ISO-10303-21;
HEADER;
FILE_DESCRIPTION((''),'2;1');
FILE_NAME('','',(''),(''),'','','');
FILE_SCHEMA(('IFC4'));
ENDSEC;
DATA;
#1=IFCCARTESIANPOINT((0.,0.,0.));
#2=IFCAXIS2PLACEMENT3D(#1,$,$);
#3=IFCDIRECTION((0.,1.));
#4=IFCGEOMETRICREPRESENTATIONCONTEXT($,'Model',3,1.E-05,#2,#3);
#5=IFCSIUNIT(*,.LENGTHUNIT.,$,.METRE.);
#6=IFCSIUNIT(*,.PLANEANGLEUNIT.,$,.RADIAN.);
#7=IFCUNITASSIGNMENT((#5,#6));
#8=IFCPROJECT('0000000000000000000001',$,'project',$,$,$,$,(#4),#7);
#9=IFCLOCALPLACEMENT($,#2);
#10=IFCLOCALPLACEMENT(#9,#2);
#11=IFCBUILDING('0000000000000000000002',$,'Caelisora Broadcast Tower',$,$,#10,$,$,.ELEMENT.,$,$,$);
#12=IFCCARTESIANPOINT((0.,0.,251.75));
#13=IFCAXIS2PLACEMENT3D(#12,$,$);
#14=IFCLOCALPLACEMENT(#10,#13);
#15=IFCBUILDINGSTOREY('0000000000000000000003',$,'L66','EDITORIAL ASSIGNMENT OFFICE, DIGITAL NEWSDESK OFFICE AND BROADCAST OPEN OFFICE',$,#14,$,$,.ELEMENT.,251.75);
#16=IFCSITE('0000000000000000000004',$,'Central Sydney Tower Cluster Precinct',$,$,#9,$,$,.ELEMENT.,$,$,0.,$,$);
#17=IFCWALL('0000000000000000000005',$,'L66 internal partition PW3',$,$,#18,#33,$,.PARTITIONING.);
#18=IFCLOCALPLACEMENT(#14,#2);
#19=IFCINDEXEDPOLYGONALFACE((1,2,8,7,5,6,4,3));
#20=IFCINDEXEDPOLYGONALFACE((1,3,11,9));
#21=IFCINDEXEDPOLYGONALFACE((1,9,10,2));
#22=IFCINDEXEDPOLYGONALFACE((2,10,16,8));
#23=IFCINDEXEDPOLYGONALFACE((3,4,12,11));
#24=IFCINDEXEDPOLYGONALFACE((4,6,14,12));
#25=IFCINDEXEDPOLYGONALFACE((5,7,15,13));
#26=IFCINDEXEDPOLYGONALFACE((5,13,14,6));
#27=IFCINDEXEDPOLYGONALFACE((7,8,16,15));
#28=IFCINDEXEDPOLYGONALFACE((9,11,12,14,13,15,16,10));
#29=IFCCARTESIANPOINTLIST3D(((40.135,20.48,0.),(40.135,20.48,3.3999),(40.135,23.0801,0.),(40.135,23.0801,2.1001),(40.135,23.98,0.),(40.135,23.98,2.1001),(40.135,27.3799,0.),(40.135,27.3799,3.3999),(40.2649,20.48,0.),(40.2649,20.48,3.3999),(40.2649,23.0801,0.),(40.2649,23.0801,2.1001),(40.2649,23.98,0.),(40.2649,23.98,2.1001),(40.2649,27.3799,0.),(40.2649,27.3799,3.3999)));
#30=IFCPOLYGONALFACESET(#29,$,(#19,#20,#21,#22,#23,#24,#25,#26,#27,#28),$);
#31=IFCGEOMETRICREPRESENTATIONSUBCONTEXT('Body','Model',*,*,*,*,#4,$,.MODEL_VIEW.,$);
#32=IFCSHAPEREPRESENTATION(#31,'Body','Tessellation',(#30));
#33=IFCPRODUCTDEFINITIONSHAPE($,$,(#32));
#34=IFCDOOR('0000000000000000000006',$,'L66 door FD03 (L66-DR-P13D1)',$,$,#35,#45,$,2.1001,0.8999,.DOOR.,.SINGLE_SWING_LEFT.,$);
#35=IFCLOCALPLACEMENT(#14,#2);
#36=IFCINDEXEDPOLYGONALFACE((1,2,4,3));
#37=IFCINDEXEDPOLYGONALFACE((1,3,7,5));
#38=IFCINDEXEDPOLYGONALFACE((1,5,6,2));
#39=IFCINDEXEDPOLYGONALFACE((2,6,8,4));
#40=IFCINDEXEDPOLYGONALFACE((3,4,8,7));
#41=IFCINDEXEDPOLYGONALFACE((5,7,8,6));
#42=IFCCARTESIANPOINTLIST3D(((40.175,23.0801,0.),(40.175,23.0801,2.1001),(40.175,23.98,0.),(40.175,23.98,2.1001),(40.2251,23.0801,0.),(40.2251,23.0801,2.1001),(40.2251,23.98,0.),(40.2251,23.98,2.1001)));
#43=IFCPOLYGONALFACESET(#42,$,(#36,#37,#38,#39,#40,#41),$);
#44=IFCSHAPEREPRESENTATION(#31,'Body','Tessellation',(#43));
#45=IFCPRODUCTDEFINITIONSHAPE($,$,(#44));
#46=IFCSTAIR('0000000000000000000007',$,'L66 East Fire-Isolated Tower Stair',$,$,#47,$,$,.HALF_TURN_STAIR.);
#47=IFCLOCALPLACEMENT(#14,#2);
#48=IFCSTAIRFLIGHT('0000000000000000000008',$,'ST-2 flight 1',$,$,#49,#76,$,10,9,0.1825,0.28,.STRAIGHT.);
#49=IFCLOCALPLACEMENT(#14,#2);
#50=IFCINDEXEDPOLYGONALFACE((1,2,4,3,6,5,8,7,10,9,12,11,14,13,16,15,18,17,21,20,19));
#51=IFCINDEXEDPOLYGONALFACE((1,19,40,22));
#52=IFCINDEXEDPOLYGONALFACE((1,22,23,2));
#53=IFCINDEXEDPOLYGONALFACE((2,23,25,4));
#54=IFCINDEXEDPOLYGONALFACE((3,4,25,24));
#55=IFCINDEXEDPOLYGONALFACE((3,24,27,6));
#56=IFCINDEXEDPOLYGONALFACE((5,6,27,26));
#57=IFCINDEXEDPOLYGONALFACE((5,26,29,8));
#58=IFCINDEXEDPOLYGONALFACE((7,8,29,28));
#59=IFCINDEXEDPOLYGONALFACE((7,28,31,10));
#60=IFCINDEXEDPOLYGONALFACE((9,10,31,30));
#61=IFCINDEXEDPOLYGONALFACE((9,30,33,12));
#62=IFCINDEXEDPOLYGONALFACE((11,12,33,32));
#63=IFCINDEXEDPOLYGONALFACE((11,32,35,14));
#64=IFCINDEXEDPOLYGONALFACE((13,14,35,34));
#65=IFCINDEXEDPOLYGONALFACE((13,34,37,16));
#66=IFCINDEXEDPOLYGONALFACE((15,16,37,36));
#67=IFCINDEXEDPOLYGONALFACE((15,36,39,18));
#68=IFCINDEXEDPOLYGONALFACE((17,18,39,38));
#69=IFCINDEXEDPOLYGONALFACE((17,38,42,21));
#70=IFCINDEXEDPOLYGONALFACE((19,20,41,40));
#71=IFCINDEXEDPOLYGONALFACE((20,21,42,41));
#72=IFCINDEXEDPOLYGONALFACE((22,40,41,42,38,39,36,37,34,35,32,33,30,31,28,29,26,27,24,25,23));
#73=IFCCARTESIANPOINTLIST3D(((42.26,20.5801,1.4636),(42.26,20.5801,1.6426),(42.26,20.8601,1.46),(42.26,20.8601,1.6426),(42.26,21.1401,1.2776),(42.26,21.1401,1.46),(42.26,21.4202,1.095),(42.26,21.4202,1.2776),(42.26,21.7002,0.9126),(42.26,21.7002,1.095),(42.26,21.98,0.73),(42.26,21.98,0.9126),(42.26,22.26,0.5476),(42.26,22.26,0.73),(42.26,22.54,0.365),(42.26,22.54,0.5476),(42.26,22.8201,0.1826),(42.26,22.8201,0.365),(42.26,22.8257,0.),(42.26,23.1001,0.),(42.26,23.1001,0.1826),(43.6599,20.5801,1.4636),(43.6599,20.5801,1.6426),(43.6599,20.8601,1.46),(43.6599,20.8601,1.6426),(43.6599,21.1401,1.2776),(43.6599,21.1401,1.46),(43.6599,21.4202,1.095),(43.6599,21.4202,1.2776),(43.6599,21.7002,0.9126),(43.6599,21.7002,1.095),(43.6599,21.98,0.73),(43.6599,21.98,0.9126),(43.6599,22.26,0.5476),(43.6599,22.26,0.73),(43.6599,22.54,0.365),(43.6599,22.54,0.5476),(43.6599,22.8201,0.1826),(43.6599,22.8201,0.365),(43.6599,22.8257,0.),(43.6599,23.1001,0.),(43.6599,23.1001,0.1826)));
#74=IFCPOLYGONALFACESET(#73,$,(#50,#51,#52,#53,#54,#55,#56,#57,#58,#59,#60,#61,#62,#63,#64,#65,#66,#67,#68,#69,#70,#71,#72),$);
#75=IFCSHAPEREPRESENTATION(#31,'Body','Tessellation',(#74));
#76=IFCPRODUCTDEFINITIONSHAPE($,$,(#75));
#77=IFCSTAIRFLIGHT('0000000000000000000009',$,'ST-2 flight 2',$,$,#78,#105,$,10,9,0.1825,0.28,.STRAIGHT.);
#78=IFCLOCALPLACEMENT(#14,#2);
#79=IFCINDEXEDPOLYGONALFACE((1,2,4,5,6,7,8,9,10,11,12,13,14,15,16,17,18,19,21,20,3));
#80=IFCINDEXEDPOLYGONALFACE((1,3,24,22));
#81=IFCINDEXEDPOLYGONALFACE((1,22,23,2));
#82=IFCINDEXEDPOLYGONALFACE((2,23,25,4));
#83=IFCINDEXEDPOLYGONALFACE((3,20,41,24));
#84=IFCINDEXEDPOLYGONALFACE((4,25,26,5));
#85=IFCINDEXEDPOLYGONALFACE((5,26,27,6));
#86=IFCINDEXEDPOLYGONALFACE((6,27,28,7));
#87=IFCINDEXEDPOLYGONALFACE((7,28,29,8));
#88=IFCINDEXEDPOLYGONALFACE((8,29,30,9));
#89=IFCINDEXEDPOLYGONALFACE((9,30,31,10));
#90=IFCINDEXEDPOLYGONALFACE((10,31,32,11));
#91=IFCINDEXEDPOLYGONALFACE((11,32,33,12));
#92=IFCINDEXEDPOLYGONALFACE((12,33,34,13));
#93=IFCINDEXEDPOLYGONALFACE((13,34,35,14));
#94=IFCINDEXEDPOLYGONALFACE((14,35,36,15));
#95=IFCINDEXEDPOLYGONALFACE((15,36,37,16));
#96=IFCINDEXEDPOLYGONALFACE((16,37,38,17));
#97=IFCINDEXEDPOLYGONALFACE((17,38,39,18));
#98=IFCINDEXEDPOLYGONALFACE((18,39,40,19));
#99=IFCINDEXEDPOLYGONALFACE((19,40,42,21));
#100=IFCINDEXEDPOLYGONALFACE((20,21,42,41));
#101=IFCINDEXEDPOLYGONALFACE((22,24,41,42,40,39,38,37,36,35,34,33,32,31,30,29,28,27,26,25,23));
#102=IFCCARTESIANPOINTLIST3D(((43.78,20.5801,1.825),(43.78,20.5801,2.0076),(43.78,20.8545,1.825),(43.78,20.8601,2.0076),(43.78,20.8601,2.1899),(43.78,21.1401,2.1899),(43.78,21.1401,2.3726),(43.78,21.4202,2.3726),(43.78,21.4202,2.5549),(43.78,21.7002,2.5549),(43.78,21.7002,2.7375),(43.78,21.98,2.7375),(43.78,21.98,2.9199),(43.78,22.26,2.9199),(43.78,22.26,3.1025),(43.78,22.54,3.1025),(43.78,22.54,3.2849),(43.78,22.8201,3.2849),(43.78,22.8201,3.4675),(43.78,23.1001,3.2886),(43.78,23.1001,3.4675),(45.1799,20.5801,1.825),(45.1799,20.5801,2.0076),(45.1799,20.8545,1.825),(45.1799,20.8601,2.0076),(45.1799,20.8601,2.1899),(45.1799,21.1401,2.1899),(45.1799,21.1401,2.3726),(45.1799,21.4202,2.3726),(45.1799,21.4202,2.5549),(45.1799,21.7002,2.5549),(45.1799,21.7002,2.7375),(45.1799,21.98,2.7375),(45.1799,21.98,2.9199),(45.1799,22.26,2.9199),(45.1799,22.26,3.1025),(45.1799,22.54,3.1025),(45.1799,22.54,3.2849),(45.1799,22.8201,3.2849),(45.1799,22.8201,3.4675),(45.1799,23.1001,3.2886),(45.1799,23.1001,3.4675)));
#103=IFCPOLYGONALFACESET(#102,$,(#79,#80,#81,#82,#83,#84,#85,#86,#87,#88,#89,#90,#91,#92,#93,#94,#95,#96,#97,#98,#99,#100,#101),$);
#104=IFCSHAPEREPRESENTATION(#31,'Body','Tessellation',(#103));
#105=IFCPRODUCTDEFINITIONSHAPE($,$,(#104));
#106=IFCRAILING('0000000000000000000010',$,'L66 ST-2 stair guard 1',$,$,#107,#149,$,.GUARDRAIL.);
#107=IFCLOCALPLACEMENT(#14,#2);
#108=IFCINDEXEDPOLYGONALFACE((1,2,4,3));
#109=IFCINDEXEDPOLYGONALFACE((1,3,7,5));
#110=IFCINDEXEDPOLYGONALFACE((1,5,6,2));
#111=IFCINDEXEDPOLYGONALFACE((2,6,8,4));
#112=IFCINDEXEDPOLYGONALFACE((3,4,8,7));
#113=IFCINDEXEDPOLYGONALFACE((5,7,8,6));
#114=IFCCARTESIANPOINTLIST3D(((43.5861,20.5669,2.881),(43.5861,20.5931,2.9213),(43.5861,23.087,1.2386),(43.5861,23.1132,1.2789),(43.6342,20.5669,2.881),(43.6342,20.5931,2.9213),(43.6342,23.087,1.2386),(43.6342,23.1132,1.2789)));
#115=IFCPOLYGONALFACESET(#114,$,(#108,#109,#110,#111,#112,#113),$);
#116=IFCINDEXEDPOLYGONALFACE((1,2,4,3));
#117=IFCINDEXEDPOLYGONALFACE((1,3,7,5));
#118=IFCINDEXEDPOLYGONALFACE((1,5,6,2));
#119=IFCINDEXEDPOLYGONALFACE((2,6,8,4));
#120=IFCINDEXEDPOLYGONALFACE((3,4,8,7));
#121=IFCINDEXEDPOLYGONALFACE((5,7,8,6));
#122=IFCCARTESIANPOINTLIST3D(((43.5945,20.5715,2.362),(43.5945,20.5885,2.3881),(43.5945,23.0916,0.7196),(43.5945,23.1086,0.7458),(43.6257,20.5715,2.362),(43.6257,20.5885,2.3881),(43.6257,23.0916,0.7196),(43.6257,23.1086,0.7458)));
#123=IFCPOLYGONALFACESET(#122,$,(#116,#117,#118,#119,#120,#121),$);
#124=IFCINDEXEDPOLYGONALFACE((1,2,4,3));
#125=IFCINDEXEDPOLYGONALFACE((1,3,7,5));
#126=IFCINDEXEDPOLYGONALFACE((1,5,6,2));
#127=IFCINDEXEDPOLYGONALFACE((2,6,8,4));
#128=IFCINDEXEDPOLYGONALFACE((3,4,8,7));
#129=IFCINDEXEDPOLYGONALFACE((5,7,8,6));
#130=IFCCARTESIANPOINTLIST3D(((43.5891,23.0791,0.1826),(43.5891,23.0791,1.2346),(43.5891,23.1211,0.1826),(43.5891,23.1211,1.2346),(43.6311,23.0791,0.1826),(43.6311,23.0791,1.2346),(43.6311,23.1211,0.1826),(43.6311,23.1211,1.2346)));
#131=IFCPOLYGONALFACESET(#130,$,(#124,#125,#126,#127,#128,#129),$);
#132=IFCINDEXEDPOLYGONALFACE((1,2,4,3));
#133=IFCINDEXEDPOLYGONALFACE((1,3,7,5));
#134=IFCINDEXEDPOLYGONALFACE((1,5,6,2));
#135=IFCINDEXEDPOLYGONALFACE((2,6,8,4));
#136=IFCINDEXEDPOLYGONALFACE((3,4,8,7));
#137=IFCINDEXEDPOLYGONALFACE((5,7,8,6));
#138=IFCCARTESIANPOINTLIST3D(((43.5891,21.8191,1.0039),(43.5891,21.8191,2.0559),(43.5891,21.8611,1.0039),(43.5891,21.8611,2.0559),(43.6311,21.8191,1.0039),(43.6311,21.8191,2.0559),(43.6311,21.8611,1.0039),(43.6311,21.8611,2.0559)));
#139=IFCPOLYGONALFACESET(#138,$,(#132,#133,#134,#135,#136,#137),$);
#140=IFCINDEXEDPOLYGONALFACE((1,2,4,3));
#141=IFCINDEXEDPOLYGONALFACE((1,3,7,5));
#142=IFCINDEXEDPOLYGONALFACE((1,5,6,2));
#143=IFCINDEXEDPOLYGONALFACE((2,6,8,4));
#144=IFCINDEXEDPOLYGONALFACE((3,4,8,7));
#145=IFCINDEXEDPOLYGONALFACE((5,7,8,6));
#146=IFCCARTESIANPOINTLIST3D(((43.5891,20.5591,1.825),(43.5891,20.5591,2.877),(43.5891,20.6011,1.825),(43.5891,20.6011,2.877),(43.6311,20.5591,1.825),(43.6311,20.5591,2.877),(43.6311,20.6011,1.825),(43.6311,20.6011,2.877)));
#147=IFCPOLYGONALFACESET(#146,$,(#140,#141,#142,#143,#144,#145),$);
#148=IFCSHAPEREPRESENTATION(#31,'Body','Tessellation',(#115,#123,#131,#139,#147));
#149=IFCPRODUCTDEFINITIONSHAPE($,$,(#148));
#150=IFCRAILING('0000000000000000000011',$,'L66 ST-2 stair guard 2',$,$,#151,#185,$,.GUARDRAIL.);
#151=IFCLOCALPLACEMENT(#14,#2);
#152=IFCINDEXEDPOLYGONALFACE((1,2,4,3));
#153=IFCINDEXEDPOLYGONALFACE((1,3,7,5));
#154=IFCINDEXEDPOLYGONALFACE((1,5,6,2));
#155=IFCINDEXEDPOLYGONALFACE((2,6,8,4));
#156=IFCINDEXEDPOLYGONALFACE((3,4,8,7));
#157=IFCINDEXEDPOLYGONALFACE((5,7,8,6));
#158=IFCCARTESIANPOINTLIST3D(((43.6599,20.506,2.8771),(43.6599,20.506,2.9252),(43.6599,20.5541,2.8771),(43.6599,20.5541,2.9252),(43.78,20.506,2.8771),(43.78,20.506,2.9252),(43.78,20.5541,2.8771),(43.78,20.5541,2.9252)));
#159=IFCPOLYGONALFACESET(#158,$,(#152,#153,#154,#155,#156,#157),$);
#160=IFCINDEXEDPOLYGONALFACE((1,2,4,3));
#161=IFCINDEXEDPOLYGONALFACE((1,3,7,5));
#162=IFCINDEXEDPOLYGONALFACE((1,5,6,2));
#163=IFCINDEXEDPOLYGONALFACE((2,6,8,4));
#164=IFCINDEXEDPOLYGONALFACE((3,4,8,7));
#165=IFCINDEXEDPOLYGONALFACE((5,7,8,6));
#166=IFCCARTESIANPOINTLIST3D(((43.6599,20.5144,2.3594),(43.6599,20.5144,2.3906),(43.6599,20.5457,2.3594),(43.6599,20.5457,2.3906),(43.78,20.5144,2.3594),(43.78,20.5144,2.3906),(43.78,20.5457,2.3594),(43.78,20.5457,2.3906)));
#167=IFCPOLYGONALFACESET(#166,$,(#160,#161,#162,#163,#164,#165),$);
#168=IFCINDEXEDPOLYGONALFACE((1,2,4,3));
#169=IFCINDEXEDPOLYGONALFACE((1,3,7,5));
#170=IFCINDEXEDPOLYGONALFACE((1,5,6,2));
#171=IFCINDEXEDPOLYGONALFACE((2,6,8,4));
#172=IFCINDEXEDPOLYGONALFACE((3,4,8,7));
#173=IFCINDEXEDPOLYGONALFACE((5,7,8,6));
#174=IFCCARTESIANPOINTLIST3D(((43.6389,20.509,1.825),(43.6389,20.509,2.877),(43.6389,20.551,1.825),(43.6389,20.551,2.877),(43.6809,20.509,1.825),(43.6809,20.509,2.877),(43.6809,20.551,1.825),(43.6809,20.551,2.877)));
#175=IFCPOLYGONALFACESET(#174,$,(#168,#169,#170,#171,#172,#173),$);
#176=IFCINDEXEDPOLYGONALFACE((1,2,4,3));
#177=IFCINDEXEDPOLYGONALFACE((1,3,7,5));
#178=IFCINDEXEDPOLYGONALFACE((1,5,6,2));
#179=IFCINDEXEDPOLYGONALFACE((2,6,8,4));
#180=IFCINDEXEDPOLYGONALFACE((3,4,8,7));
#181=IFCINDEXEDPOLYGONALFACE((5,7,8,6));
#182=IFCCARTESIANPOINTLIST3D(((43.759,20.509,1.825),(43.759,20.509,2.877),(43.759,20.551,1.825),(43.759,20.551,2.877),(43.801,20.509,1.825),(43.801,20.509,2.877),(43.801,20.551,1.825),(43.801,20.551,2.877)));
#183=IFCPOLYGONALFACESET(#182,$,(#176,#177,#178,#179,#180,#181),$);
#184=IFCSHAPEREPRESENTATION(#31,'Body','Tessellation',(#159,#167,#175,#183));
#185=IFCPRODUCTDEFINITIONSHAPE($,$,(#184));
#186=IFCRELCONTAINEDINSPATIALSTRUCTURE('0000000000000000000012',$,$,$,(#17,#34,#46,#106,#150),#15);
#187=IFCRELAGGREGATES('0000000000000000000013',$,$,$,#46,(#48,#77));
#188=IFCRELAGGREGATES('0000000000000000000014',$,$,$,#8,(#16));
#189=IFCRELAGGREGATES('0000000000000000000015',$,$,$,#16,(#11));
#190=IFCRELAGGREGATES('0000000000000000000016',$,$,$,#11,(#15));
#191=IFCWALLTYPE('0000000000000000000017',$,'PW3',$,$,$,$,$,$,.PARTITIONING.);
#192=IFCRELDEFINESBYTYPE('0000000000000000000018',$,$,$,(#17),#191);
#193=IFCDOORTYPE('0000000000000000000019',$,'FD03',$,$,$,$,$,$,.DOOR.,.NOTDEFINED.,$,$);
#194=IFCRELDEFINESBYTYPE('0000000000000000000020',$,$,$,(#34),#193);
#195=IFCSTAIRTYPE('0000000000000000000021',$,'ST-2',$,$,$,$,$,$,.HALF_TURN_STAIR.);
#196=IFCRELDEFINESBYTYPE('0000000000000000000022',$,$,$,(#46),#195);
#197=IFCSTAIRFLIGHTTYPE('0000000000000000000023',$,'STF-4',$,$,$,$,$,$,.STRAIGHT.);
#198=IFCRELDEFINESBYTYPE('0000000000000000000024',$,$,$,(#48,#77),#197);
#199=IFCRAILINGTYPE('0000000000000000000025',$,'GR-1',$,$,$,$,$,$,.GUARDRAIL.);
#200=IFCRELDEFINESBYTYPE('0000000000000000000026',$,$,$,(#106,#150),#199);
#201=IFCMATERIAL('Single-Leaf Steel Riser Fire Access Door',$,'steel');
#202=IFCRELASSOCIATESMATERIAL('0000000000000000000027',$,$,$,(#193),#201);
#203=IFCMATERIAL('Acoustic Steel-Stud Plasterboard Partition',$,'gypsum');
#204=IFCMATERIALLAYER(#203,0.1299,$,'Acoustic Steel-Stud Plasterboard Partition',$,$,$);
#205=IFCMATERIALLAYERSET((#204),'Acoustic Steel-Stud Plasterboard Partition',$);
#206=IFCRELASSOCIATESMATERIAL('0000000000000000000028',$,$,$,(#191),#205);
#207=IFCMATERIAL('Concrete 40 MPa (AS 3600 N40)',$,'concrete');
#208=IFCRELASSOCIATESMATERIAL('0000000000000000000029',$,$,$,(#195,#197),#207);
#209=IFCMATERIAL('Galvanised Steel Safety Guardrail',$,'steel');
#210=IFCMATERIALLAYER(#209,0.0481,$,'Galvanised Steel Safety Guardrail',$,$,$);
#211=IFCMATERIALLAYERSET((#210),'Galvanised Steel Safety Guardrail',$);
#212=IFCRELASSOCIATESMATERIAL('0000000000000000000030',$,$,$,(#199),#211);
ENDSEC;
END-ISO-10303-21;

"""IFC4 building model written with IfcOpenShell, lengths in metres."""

from ifc_helpers import new_model, si_unit, direction, frame, frame_2d, origin, origin_2d, place, context, subcontext, project, spatial, polyline, rectangle, outline, extrude, material, layer, layer_set, type_object, element, fill, aggregate, save


model = new_model("IFC4")

# Units and contexts
model_context = context("Model", 3, precision=1e-05, world=origin(), true_north=direction((0.0, 1.0)))
body_context = subcontext(model_context, "Body", "Model", "MODEL_VIEW")
ifc_project = project(units=[si_unit("LENGTHUNIT", "METRE"), si_unit("PLANEANGLEUNIT", "RADIAN")], contexts=[model_context])

# Site, building, storey
site_placement = place(None, origin())
site = spatial("IfcSite", under=ifc_project, at=site_placement, Name="Central Sydney Tower Cluster Precinct", CompositionType="ELEMENT", RefElevation=0.0)
building_placement = place(site_placement, origin())
building = spatial("IfcBuilding", under=site, at=building_placement, Name="Caelisora Broadcast Tower", CompositionType="ELEMENT")
storey_placement = place(building_placement, frame((0.0, 0.0, 251.75)))
storey = spatial("IfcBuildingStorey", under=building, at=storey_placement, Name="L66", Description="EDITORIAL ASSIGNMENT OFFICE, DIGITAL NEWSDESK OFFICE AND BROADCAST OPEN OFFICE", CompositionType="ELEMENT", Elevation=251.75)

# Shared definitions
ifc_material_1 = material(Name="Concrete 40 MPa (AS 3600 N40)", Category="concrete")

# Shared definitions
ifc_material_2 = material(Name="Single-Leaf Steel Riser Fire Access Door", Category="steel")
door_type_1 = type_object("IfcDoorType", Name="FD03", OperationType="NOTDEFINED", PredefinedType="DOOR", material=ifc_material_2)

# Shared definitions
ifc_material_3 = material(Name="Acoustic Steel-Stud Plasterboard Partition", Category="gypsum")
ifc_layer_1 = layer(ifc_material_3, 0.1299, Name="Acoustic Steel-Stud Plasterboard Partition")
ifc_layer_set_1 = layer_set([ifc_layer_1], Name="Acoustic Steel-Stud Plasterboard Partition")
wall_type_1 = type_object("IfcWallType", Name="PW3", PredefinedType="PARTITIONING", material=ifc_layer_set_1)

# Wall, opening, door
wall_1_placement = place(storey_placement, frame((40.2, 20.48, 0.0), z_axis=(0.0, 0.0, 1.0), x_axis=(0.0, 1.0, 0.0)))
wall_1 = element("IfcWall", 1, at=wall_1_placement, inside=storey, type_object=wall_type_1, Name="L66 internal partition PW3", PredefinedType="PARTITIONING", context=body_context, shape_type="SweptSolid", body=[
    extrude(rectangle(XDim=6.8999, YDim=0.1299, at=frame_2d((3.45, 0.0))), origin(), (0.0, 0.0, 1.0), 3.3999),
])
opening_1_placement = place(wall_1_placement, frame((2.6001, 0.0, 0.0)))
opening_1 = element("IfcOpeningElement", 2, at=opening_1_placement, cuts=wall_1, PredefinedType="OPENING", context=body_context, shape_type="SweptSolid", body=[
    extrude(rectangle(XDim=0.8999, YDim=2.1001, at=frame_2d((0.45, 1.05))), frame((0.0, 0.0769, 0.0), z_axis=(0.0, -1.0, 0.0), x_axis=(1.0, 0.0, 0.0)), (0.0, 0.0, 1.0), 0.1538),
])
door_1_placement = place(opening_1_placement, origin())
door_1 = element("IfcDoor", 3, at=door_1_placement, inside=storey, type_object=door_type_1, Name="L66 door FD03 (L66-DR-P13D1)", OperationType="SINGLE_SWING_LEFT", OverallHeight=2.1001, OverallWidth=0.8999, PredefinedType="DOOR", context=body_context, shape_type="SweptSolid", body=[
    extrude(rectangle(XDim=0.8999, YDim=2.1001, at=frame_2d((0.45, 1.05))), frame((0.0, 0.0249, 0.0), z_axis=(0.0, -1.0, 0.0), x_axis=(1.0, 0.0, 0.0)), (0.0, 0.0, 1.0), 0.05),
])
fill(opening_1, door_1)

# Stair, stair flights
stair_type = type_object("IfcStairType", Name="ST-2", PredefinedType="HALF_TURN_STAIR", material=ifc_material_1)
stair_placement = place(storey_placement, origin())
stair = element("IfcStair", 4, at=stair_placement, inside=storey, type_object=stair_type, Name="L66 East Fire-Isolated Tower Stair", PredefinedType="HALF_TURN_STAIR")
stair_flight_type = type_object("IfcStairFlightType", Name="STF-4", PredefinedType="STRAIGHT", material=ifc_material_1)
stair_flight_1_placement = place(storey_placement, frame((42.96, 23.1001, 0.0), z_axis=(0.0, 0.0, 1.0), x_axis=(0.0, -1.0, 0.0)))
stair_flight_1 = element("IfcStairFlight", 5, at=stair_flight_1_placement, type_object=stair_flight_type, Name="ST-2 flight 1", NumberOfRisers=10, NumberOfTreads=9, PredefinedType="STRAIGHT", RiserHeight=0.1825, TreadLength=0.28, context=body_context, shape_type="SweptSolid", body=[
    extrude(outline(polyline([(0.0, 0.0), (0.0, 0.1826), (0.28, 0.1826), (0.28, 0.365), (0.5601, 0.365), (0.5601, 0.5476), (0.8401, 0.5476), (0.8401, 0.73), (1.1201, 0.73), (1.1201, 0.9126), (1.3999, 0.9126), (1.3999, 1.095), (1.6799, 1.095), (1.6799, 1.2776), (1.96, 1.2776), (1.96, 1.46), (2.24, 1.46), (2.24, 1.6426), (2.52, 1.6426), (2.52, 1.825), (2.52, 1.4636), (0.2744, 0.0), (0.0, 0.0)])), frame((0.0, 0.7, 0.0), z_axis=(0.0, -1.0, 0.0), x_axis=(1.0, 0.0, 0.0)), (0.0, 0.0, 1.0), 1.3999),
])
stair_flight_2_placement = place(storey_placement, frame((44.48, 20.5801, 1.825), z_axis=(0.0, 0.0, 1.0), x_axis=(0.0, 1.0, 0.0)))
stair_flight_2 = element("IfcStairFlight", 6, at=stair_flight_2_placement, type_object=stair_flight_type, Name="ST-2 flight 2", NumberOfRisers=10, NumberOfTreads=9, PredefinedType="STRAIGHT", RiserHeight=0.1825, TreadLength=0.28, context=body_context, shape_type="SweptSolid", body=[
    extrude(outline(polyline([(0.0, 0.0), (0.0, 0.1826), (0.28, 0.1826), (0.28, 0.365), (0.5601, 0.365), (0.5601, 0.5476), (0.8401, 0.5476), (0.8401, 0.73), (1.1201, 0.73), (1.1201, 0.9126), (1.3999, 0.9126), (1.3999, 1.095), (1.6799, 1.095), (1.6799, 1.2776), (1.96, 1.2776), (1.96, 1.46), (2.24, 1.46), (2.24, 1.6426), (2.52, 1.6426), (2.52, 1.825), (2.52, 1.4636), (0.2744, 0.0), (0.0, 0.0)])), frame((0.0, 0.7, 0.0), z_axis=(0.0, -1.0, 0.0), x_axis=(1.0, 0.0, 0.0)), (0.0, 0.0, 1.0), 1.3999),
])
aggregate(stair, [stair_flight_1, stair_flight_2])

# Railings
ifc_material_4 = material(Name="Galvanised Steel Safety Guardrail", Category="steel")
ifc_layer_2 = layer(ifc_material_4, 0.0481, Name="Galvanised Steel Safety Guardrail")
ifc_layer_set_2 = layer_set([ifc_layer_2], Name="Galvanised Steel Safety Guardrail")
railing_type_1 = type_object("IfcRailingType", Name="GR-1", PredefinedType="GUARDRAIL", material=ifc_layer_set_2)
railing_1_placement = place(storey_placement, frame((43.6101, 23.1001, 0.1826)))
element("IfcRailing", 7, at=railing_1_placement, inside=storey, type_object=railing_type_1, Name="L66 ST-2 stair guard 1", PredefinedType="GUARDRAIL", context=body_context, shape_type="SweptSolid", body=[
    extrude(rectangle(XDim=0.0481, YDim=0.0481, at=origin_2d()), frame((0.0, 0.0, 1.0762), z_axis=(0.0, -0.837787, 0.545998), x_axis=(1.0, 0.0, 0.0)), (0.0, 0.0, 1.0), 3.0081),
    extrude(rectangle(XDim=0.0312, YDim=0.0312, at=origin_2d()), frame((0.0, 0.0, 0.55), z_axis=(0.0, -0.837787, 0.545998), x_axis=(1.0, 0.0, 0.0)), (0.0, 0.0, 1.0), 3.0081),
    extrude(rectangle(XDim=0.042, YDim=0.042, at=origin_2d()), origin(), (0.0, 0.0, 1.0), 1.052),
    extrude(rectangle(XDim=0.042, YDim=0.042, at=origin_2d()), frame((0.0, -1.26, 0.8213)), (0.0, 0.0, 1.0), 1.052),
    extrude(rectangle(XDim=0.042, YDim=0.042, at=origin_2d()), frame((0.0, -2.52, 1.6423)), (0.0, 0.0, 1.0), 1.052),
])
railing_2_placement = place(storey_placement, frame((43.6599, 20.53, 1.825)))
element("IfcRailing", 8, at=railing_2_placement, inside=storey, type_object=railing_type_1, Name="L66 ST-2 stair guard 2", PredefinedType="GUARDRAIL", context=body_context, shape_type="SweptSolid", body=[
    extrude(rectangle(XDim=0.0481, YDim=0.0481, at=origin_2d()), frame((0.0, 0.0, 1.0762), z_axis=(1.0, 0.0, 0.0), x_axis=(0.0, 1.0, 0.0)), (0.0, 0.0, 1.0), 0.1201),
    extrude(rectangle(XDim=0.0312, YDim=0.0312, at=origin_2d()), frame((0.0, 0.0, 0.55), z_axis=(1.0, 0.0, 0.0), x_axis=(0.0, 1.0, 0.0)), (0.0, 0.0, 1.0), 0.1201),
    extrude(rectangle(XDim=0.042, YDim=0.042, at=origin_2d()), origin(), (0.0, 0.0, 1.0), 1.052),
    extrude(rectangle(XDim=0.042, YDim=0.042, at=origin_2d()), frame((0.1201, 0.0, 0.0)), (0.0, 0.0, 1.0), 1.052),
])

save(model, "model.ifc")
